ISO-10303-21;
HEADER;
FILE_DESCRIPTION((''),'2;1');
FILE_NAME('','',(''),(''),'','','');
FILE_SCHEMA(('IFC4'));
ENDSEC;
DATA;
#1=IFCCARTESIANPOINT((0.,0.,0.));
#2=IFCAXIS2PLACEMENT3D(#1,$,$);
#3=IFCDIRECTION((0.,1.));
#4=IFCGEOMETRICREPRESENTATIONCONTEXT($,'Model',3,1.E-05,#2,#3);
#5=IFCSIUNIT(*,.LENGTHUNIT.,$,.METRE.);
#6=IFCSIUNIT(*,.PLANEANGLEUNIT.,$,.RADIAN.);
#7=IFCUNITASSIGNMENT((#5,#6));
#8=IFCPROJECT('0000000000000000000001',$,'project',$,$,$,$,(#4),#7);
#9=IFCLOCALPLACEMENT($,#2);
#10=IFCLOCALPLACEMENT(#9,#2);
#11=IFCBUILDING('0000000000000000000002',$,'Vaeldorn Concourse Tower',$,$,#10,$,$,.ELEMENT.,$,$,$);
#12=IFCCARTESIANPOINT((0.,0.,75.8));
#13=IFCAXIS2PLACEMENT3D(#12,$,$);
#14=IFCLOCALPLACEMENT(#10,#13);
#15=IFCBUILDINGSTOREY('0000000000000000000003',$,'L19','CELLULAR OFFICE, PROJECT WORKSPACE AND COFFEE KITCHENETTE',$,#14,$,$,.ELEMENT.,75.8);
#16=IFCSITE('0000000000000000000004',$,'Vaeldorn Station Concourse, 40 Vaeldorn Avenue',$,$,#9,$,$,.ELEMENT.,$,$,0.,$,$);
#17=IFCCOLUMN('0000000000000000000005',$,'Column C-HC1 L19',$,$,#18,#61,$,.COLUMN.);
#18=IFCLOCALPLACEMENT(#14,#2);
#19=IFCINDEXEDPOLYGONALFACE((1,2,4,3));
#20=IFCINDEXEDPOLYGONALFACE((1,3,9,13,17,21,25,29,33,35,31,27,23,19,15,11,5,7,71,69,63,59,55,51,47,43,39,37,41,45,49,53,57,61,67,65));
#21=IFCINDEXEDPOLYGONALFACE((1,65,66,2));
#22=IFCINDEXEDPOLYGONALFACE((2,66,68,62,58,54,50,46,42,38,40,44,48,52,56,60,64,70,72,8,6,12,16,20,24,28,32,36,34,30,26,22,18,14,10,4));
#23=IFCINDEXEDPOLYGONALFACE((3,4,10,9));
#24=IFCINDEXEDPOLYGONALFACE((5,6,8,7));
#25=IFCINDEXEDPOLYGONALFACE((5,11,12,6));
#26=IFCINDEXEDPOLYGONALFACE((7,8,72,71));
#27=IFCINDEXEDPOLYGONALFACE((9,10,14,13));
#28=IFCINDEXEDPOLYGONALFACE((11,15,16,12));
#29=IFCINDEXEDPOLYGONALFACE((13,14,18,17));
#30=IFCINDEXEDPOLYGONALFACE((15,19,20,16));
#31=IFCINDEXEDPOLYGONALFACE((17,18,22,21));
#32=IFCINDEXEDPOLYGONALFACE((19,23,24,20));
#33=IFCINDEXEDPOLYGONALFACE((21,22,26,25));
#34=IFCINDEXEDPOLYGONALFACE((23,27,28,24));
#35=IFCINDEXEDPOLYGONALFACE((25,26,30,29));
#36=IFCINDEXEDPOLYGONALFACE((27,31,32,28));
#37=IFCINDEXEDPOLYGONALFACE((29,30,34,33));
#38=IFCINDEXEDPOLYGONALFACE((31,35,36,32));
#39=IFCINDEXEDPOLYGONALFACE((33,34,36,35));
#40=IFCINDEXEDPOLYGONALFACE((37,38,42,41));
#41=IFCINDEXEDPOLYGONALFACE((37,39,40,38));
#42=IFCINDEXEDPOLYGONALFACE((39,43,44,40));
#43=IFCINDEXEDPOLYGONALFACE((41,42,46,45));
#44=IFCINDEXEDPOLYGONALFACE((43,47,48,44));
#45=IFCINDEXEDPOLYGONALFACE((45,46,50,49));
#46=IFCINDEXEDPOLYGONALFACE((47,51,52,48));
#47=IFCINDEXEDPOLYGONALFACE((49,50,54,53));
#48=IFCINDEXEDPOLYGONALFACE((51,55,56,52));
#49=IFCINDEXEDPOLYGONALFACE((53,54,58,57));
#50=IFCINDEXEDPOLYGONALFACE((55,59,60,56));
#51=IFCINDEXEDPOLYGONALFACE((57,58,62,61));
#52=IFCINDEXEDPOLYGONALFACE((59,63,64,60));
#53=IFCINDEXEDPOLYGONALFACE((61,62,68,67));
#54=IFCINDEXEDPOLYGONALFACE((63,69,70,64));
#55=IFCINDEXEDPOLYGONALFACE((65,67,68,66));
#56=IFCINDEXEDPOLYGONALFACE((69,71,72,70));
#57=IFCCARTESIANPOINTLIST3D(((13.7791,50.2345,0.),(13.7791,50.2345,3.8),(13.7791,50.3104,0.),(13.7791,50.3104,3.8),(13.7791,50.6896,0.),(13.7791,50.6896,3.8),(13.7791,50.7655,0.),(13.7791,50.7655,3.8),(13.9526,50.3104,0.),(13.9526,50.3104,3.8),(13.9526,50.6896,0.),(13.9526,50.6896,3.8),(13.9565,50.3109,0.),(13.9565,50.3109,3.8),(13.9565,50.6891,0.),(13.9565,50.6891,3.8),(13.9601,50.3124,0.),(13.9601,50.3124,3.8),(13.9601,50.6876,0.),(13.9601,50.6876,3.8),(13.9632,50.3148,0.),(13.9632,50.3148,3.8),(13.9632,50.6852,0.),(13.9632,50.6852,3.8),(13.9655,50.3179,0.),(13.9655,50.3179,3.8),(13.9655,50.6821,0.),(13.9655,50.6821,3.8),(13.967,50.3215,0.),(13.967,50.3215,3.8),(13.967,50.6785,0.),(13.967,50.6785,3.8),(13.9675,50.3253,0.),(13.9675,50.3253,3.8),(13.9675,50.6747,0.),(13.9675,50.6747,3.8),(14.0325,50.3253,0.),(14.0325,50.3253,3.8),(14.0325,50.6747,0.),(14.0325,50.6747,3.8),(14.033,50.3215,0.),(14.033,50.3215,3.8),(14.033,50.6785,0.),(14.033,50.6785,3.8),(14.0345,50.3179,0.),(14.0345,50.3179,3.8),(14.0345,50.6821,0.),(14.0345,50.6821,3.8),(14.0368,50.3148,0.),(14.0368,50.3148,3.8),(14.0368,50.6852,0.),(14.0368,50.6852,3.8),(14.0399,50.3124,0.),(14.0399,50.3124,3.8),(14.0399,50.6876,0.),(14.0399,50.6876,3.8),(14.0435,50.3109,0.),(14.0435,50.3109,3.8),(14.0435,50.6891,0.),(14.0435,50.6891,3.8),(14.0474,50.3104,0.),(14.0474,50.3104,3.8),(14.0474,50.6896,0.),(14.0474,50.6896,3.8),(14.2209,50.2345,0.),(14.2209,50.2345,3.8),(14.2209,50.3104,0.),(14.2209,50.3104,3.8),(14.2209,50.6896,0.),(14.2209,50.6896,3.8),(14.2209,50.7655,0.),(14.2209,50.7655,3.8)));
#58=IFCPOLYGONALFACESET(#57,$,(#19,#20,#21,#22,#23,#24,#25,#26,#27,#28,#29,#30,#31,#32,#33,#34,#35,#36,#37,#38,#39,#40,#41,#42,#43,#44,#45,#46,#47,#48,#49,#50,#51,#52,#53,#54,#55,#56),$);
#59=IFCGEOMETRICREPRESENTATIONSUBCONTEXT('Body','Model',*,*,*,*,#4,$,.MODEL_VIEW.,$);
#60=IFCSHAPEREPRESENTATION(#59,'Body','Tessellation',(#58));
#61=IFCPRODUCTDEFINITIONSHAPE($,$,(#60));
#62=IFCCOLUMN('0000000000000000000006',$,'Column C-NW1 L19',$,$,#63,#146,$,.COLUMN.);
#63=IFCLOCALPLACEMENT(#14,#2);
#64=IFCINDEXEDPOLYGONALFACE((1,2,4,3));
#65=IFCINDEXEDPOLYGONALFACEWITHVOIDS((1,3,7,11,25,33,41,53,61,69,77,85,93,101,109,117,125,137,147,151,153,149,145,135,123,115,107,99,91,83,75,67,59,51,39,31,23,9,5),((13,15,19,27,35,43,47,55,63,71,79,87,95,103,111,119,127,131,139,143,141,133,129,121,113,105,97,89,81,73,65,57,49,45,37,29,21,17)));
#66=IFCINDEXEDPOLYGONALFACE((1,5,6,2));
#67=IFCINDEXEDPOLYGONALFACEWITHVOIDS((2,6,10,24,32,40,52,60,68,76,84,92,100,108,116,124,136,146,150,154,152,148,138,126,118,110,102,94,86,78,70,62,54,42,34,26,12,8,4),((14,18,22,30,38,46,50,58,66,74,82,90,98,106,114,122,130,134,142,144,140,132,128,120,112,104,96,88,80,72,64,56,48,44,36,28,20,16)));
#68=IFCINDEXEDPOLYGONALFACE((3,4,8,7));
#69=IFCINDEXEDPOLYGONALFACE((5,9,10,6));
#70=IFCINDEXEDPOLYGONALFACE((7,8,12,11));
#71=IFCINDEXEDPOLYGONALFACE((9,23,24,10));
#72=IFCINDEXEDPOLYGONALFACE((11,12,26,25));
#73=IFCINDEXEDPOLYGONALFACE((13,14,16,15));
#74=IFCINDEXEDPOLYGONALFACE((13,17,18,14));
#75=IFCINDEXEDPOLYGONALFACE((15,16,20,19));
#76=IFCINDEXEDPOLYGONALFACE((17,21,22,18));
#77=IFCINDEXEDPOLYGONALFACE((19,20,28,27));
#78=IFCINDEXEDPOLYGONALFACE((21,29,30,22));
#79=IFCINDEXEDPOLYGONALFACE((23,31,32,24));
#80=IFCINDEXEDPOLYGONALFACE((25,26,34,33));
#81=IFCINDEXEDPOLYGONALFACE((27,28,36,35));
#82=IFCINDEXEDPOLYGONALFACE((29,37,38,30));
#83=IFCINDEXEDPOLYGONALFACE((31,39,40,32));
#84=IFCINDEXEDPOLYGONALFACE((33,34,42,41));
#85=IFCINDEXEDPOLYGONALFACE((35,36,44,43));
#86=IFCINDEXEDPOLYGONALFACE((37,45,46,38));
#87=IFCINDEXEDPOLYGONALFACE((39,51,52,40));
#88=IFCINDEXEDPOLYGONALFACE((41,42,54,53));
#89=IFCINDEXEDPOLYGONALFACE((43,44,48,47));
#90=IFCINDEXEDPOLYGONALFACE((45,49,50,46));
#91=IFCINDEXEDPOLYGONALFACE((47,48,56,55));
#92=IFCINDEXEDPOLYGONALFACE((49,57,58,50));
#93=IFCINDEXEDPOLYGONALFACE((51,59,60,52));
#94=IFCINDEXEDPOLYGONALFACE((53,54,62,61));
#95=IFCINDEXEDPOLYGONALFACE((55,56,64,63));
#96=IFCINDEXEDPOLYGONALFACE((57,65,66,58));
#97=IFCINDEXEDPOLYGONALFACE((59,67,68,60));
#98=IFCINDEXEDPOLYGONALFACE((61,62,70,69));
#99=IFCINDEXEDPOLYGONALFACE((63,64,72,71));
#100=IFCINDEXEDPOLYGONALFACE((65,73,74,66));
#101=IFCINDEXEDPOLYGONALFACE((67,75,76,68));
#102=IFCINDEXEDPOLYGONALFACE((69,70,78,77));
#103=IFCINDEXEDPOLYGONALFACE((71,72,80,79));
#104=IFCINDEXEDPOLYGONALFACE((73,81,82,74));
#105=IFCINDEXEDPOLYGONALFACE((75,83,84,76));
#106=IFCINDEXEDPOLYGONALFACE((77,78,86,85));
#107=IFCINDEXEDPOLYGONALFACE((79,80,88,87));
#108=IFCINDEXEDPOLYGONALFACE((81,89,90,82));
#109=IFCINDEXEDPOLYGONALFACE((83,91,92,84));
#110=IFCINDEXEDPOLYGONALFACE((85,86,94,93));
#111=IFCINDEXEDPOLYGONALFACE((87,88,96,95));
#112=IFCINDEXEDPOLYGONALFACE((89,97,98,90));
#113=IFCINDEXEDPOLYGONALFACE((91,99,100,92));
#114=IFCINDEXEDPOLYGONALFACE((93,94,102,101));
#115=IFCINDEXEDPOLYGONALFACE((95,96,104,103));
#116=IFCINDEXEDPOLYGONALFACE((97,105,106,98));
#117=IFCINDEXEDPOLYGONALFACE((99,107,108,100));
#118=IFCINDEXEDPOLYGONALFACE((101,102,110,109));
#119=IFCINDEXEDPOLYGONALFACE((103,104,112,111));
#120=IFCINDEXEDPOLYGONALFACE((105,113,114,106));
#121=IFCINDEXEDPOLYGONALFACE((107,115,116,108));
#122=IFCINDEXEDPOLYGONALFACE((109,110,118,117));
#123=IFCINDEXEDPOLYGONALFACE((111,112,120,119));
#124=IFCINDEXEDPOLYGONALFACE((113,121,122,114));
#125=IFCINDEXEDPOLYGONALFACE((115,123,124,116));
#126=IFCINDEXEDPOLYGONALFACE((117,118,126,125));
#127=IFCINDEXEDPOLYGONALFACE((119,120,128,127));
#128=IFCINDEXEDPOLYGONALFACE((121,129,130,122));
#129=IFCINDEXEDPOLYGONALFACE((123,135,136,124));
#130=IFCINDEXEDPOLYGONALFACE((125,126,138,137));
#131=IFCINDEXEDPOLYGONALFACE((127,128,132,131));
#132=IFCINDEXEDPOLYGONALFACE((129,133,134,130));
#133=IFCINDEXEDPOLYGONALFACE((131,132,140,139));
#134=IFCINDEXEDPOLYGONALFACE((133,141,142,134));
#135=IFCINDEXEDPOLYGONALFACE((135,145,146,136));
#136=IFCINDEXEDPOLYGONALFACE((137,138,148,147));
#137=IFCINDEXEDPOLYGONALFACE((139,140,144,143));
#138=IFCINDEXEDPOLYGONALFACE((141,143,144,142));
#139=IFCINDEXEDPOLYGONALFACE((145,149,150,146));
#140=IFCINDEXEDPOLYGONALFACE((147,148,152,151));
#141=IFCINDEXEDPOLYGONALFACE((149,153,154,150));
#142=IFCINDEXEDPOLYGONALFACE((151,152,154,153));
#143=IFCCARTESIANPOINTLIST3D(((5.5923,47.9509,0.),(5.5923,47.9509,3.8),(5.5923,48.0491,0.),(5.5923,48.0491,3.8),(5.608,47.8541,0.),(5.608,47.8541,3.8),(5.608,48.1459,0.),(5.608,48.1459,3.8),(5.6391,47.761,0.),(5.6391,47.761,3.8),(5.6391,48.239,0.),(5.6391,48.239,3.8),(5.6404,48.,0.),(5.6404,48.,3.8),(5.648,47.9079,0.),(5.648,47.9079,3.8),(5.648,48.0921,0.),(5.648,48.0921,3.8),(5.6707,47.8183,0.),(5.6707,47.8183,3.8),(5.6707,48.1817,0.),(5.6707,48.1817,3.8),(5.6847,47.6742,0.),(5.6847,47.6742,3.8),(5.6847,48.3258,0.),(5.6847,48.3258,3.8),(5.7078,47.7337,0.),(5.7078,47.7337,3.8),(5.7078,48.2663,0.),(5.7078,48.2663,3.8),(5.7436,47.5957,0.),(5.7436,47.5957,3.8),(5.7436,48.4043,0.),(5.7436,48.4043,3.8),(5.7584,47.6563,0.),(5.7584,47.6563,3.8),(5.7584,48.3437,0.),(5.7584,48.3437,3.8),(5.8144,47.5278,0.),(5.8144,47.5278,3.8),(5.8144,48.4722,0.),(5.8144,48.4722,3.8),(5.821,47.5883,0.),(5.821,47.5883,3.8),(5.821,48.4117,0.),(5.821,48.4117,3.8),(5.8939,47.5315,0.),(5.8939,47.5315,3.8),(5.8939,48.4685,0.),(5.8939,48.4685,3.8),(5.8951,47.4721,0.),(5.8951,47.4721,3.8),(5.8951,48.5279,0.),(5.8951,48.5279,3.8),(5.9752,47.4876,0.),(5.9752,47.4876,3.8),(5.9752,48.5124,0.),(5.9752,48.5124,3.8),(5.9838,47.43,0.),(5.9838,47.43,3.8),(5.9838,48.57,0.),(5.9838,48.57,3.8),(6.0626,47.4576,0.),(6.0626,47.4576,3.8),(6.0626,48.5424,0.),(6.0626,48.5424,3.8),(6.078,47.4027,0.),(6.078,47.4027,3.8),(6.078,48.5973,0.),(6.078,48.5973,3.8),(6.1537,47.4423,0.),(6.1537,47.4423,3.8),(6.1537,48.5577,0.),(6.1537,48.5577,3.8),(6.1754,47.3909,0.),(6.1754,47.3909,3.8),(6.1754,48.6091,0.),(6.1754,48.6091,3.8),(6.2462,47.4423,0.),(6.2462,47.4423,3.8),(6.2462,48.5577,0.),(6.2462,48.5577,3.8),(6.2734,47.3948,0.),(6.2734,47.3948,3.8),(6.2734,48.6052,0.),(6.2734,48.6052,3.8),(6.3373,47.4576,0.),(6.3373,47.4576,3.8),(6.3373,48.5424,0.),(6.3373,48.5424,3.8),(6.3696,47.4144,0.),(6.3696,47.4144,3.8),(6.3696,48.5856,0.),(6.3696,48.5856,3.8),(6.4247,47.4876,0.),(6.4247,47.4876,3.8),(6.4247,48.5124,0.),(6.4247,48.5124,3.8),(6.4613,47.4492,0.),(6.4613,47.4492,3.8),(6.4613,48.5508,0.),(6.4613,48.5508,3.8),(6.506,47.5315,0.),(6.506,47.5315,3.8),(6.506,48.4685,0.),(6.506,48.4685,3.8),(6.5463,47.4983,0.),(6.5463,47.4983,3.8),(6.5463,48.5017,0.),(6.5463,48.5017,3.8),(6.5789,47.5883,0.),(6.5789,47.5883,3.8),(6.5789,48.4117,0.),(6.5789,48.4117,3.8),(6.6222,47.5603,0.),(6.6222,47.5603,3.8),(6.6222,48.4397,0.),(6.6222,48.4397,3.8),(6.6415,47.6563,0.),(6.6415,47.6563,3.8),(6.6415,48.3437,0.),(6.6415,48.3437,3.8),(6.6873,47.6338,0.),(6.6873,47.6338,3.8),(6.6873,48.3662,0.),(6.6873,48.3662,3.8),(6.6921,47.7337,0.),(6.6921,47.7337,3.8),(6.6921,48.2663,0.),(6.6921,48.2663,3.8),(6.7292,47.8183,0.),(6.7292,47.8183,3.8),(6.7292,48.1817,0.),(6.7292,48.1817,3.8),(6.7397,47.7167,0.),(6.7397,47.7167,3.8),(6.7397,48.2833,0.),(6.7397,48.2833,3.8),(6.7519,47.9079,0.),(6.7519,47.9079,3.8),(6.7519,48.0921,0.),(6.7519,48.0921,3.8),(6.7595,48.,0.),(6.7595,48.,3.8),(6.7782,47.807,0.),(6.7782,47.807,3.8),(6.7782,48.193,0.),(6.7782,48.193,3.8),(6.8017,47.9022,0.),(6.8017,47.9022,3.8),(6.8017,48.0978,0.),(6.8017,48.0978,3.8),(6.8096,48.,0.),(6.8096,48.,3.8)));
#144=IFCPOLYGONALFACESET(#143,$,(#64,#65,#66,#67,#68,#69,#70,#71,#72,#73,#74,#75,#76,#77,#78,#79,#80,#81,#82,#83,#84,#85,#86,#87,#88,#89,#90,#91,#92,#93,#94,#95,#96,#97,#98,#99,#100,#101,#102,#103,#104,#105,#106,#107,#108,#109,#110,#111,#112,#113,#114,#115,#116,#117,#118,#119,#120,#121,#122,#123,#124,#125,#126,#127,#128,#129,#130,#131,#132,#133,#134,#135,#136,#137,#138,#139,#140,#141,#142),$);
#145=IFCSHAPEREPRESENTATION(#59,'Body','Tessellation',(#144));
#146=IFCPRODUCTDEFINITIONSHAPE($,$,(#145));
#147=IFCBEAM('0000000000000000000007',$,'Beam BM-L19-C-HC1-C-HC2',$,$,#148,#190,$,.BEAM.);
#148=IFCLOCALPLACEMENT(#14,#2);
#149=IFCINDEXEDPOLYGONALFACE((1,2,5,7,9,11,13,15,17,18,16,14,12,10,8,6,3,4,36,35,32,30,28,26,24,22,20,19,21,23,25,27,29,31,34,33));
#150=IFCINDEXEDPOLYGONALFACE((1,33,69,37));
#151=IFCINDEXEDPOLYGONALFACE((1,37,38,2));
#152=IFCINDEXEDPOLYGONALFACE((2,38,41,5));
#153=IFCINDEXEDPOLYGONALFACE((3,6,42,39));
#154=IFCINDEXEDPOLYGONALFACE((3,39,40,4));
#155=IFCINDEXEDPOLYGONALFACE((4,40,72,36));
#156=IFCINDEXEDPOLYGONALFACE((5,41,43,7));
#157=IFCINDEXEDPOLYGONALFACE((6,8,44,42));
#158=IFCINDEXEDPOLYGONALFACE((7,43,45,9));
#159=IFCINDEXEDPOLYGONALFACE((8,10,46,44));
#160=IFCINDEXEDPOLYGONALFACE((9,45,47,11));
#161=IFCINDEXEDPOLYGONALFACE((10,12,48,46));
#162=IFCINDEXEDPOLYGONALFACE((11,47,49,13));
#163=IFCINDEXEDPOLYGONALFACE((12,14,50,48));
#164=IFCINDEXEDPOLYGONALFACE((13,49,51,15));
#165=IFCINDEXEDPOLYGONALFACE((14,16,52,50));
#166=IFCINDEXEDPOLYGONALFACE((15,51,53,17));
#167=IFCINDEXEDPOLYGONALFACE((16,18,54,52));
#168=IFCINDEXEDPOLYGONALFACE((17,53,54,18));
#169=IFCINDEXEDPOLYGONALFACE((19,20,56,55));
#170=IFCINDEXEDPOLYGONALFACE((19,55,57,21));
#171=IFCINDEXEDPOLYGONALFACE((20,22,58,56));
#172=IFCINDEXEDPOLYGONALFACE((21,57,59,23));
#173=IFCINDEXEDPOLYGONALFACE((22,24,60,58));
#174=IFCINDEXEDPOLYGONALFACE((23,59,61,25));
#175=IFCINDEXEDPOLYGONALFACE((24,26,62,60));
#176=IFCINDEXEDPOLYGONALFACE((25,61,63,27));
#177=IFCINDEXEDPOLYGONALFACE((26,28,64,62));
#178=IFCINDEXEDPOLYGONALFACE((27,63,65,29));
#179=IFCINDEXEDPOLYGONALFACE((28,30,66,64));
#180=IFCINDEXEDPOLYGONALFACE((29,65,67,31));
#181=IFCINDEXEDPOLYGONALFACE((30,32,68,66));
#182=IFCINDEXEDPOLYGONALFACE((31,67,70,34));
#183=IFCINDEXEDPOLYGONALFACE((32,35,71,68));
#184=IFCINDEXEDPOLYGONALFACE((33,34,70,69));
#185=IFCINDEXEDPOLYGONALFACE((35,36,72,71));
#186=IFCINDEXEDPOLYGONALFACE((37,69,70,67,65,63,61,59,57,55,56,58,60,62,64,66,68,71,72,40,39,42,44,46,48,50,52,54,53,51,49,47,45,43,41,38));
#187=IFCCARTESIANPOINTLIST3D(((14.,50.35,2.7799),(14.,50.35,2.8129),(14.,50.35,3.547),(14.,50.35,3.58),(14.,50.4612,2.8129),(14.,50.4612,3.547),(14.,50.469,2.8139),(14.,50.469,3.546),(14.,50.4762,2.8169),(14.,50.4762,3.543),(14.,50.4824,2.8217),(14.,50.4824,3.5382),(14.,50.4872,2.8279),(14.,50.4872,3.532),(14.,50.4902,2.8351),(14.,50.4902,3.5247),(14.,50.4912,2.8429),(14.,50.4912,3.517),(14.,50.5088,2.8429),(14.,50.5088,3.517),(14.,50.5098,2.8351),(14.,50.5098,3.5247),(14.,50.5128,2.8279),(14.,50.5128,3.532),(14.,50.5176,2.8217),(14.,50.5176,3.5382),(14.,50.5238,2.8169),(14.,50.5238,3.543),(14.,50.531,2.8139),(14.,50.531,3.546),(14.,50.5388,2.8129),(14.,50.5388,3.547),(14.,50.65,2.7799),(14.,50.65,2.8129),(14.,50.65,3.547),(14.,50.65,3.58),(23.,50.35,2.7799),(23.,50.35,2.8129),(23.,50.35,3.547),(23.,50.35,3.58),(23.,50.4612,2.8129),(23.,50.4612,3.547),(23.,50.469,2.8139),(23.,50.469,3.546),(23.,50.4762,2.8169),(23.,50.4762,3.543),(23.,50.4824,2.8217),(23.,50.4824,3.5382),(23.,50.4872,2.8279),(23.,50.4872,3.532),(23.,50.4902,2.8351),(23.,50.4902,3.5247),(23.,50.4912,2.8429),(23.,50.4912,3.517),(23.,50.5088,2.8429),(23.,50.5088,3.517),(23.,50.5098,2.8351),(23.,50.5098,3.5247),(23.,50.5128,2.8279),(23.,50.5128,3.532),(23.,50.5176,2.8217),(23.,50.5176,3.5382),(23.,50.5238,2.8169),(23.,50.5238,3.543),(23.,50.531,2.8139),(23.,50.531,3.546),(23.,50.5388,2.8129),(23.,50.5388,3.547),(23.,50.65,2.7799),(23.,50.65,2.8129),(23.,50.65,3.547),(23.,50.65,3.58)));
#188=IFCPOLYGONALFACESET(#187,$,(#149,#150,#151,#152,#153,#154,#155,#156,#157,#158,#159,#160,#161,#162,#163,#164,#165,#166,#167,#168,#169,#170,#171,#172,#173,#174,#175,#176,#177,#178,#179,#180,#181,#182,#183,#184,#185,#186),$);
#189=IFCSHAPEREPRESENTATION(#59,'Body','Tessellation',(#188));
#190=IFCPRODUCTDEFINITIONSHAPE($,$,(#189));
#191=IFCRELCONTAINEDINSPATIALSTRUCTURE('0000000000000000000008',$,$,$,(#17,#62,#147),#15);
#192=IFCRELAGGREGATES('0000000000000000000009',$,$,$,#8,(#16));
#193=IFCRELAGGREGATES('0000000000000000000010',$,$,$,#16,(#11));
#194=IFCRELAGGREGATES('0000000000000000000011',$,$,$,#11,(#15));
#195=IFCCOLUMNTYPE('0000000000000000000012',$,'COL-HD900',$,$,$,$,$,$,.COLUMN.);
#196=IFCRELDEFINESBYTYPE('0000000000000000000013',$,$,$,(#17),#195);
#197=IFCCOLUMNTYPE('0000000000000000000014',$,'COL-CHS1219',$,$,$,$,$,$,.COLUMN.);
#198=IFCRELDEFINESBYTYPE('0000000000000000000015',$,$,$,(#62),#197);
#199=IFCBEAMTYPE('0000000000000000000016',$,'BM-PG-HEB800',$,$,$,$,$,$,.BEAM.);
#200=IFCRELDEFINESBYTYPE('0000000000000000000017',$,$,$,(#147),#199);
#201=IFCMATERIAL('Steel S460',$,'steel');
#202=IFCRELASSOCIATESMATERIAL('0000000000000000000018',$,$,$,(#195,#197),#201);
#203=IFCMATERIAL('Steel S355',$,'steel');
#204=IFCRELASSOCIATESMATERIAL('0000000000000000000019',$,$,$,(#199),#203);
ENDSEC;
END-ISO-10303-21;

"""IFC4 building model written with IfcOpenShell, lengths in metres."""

from ifc_helpers import new_model, si_unit, direction, frame, origin, origin_2d, place, context, subcontext, project, spatial, hollow_circle, i_section, extrude, source, transform, mapped, material, material_profile, profile_set, type_object, element, save


model = new_model("IFC4")

# Units and contexts
model_context = context("Model", 3, precision=1e-05, world=origin(), true_north=direction((0.0, 1.0)))
body_context = subcontext(model_context, "Body", "Model", "MODEL_VIEW")
ifc_project = project(units=[si_unit("LENGTHUNIT", "METRE"), si_unit("PLANEANGLEUNIT", "RADIAN")], contexts=[model_context])

# Site, building, storey
site_placement = place(None, origin())
site = spatial("IfcSite", under=ifc_project, at=site_placement, Name="Vaeldorn Station Concourse, 40 Vaeldorn Avenue", CompositionType="ELEMENT", RefElevation=0.0)
building_placement = place(site_placement, origin())
building = spatial("IfcBuilding", under=site, at=building_placement, Name="Vaeldorn Concourse Tower", CompositionType="ELEMENT")
storey_placement = place(building_placement, frame((0.0, 0.0, 75.8)))
storey = spatial("IfcBuildingStorey", under=building, at=storey_placement, Name="L19", Description="CELLULAR OFFICE, PROJECT WORKSPACE AND COFFEE KITCHENETTE", CompositionType="ELEMENT", Elevation=75.8)

# Columns
ifc_material_1 = material(Name="Steel S460", Category="steel")
ifc_material_profile_1 = material_profile(ifc_material_1, i_section(OverallWidth=0.4419, OverallDepth=0.531, WebThickness=0.0649, FlangeThickness=0.0759, FilletRadius=0.0149, at=origin_2d()), Name="HD 400x900")
ifc_profile_set_1 = profile_set([ifc_material_profile_1], Name="Steel S460")
column_type_1 = type_object("IfcColumnType", Name="COL-HD900", PredefinedType="COLUMN", material=ifc_profile_set_1)
shared_shape_1 = source(origin(), body_context, "Body", "SweptSolid", [
    extrude(i_section(OverallWidth=0.4419, OverallDepth=0.531, WebThickness=0.0649, FlangeThickness=0.0759, FilletRadius=0.0149, at=origin_2d()), origin(), (0.0, 0.0, 1.0), 3.8),
])
column_1_placement = place(storey_placement, frame((14.0, 50.5, 0.0), z_axis=(0.0, 0.0, 1.0), x_axis=(1.0, 0.0, 0.0)))
element("IfcColumn", 1, at=column_1_placement, inside=storey, type_object=column_type_1, Name="Column C-HC1 L19", PredefinedType="COLUMN", context=body_context, shape_type="MappedRepresentation", body=[
    mapped(shared_shape_1, transform((0.0, 0.0, 0.0), scale=1.0)),
])
ifc_material_profile_2 = material_profile(ifc_material_1, hollow_circle(Radius=0.6096, WallThickness=0.05, at=origin_2d()), Name="CHS 1219x50")
ifc_profile_set_2 = profile_set([ifc_material_profile_2], Name="Steel S460")
column_type_2 = type_object("IfcColumnType", Name="COL-CHS1219", PredefinedType="COLUMN", material=ifc_profile_set_2)
shared_shape_2 = source(origin(), body_context, "Body", "SweptSolid", [
    extrude(hollow_circle(Radius=0.6096, WallThickness=0.05, at=origin_2d()), origin(), (0.0, 0.0, 1.0), 3.8),
])
column_2_placement = place(storey_placement, frame((6.2, 48.0, 0.0), z_axis=(0.0, 0.0, 1.0), x_axis=(1.0, 0.0, 0.0)))
element("IfcColumn", 2, at=column_2_placement, inside=storey, type_object=column_type_2, Name="Column C-NW1 L19", PredefinedType="COLUMN", context=body_context, shape_type="MappedRepresentation", body=[
    mapped(shared_shape_2, transform((0.0, 0.0, 0.0), scale=1.0)),
])

# Beam
ifc_material_2 = material(Name="Steel S355", Category="steel")
ifc_material_profile_3 = material_profile(ifc_material_2, i_section(OverallWidth=0.3, OverallDepth=0.8, WebThickness=0.0176, FlangeThickness=0.033, FilletRadius=0.03, at=origin_2d()), Name="HEB 800")
ifc_profile_set_3 = profile_set([ifc_material_profile_3], Name="Steel S355")
beam_type_1 = type_object("IfcBeamType", Name="BM-PG-HEB800", PredefinedType="BEAM", material=ifc_profile_set_3)
shared_shape_3 = source(origin(), body_context, "Body", "SweptSolid", [
    extrude(i_section(OverallWidth=0.3, OverallDepth=0.8, WebThickness=0.0176, FlangeThickness=0.033, FilletRadius=0.03, at=origin_2d()), origin(), (0.0, 0.0, 1.0), 9.0),
])
beam_1_placement = place(storey_placement, frame((14.0, 50.5, 3.1799), z_axis=(1.0, 0.0, 0.0), x_axis=(0.0, 1.0, 0.0)))
element("IfcBeam", 3, at=beam_1_placement, inside=storey, type_object=beam_type_1, Name="Beam BM-L19-C-HC1-C-HC2", PredefinedType="BEAM", context=body_context, shape_type="MappedRepresentation", body=[
    mapped(shared_shape_3, transform((0.0, 0.0, 0.0), scale=1.0)),
])

save(model, "model.ifc")
